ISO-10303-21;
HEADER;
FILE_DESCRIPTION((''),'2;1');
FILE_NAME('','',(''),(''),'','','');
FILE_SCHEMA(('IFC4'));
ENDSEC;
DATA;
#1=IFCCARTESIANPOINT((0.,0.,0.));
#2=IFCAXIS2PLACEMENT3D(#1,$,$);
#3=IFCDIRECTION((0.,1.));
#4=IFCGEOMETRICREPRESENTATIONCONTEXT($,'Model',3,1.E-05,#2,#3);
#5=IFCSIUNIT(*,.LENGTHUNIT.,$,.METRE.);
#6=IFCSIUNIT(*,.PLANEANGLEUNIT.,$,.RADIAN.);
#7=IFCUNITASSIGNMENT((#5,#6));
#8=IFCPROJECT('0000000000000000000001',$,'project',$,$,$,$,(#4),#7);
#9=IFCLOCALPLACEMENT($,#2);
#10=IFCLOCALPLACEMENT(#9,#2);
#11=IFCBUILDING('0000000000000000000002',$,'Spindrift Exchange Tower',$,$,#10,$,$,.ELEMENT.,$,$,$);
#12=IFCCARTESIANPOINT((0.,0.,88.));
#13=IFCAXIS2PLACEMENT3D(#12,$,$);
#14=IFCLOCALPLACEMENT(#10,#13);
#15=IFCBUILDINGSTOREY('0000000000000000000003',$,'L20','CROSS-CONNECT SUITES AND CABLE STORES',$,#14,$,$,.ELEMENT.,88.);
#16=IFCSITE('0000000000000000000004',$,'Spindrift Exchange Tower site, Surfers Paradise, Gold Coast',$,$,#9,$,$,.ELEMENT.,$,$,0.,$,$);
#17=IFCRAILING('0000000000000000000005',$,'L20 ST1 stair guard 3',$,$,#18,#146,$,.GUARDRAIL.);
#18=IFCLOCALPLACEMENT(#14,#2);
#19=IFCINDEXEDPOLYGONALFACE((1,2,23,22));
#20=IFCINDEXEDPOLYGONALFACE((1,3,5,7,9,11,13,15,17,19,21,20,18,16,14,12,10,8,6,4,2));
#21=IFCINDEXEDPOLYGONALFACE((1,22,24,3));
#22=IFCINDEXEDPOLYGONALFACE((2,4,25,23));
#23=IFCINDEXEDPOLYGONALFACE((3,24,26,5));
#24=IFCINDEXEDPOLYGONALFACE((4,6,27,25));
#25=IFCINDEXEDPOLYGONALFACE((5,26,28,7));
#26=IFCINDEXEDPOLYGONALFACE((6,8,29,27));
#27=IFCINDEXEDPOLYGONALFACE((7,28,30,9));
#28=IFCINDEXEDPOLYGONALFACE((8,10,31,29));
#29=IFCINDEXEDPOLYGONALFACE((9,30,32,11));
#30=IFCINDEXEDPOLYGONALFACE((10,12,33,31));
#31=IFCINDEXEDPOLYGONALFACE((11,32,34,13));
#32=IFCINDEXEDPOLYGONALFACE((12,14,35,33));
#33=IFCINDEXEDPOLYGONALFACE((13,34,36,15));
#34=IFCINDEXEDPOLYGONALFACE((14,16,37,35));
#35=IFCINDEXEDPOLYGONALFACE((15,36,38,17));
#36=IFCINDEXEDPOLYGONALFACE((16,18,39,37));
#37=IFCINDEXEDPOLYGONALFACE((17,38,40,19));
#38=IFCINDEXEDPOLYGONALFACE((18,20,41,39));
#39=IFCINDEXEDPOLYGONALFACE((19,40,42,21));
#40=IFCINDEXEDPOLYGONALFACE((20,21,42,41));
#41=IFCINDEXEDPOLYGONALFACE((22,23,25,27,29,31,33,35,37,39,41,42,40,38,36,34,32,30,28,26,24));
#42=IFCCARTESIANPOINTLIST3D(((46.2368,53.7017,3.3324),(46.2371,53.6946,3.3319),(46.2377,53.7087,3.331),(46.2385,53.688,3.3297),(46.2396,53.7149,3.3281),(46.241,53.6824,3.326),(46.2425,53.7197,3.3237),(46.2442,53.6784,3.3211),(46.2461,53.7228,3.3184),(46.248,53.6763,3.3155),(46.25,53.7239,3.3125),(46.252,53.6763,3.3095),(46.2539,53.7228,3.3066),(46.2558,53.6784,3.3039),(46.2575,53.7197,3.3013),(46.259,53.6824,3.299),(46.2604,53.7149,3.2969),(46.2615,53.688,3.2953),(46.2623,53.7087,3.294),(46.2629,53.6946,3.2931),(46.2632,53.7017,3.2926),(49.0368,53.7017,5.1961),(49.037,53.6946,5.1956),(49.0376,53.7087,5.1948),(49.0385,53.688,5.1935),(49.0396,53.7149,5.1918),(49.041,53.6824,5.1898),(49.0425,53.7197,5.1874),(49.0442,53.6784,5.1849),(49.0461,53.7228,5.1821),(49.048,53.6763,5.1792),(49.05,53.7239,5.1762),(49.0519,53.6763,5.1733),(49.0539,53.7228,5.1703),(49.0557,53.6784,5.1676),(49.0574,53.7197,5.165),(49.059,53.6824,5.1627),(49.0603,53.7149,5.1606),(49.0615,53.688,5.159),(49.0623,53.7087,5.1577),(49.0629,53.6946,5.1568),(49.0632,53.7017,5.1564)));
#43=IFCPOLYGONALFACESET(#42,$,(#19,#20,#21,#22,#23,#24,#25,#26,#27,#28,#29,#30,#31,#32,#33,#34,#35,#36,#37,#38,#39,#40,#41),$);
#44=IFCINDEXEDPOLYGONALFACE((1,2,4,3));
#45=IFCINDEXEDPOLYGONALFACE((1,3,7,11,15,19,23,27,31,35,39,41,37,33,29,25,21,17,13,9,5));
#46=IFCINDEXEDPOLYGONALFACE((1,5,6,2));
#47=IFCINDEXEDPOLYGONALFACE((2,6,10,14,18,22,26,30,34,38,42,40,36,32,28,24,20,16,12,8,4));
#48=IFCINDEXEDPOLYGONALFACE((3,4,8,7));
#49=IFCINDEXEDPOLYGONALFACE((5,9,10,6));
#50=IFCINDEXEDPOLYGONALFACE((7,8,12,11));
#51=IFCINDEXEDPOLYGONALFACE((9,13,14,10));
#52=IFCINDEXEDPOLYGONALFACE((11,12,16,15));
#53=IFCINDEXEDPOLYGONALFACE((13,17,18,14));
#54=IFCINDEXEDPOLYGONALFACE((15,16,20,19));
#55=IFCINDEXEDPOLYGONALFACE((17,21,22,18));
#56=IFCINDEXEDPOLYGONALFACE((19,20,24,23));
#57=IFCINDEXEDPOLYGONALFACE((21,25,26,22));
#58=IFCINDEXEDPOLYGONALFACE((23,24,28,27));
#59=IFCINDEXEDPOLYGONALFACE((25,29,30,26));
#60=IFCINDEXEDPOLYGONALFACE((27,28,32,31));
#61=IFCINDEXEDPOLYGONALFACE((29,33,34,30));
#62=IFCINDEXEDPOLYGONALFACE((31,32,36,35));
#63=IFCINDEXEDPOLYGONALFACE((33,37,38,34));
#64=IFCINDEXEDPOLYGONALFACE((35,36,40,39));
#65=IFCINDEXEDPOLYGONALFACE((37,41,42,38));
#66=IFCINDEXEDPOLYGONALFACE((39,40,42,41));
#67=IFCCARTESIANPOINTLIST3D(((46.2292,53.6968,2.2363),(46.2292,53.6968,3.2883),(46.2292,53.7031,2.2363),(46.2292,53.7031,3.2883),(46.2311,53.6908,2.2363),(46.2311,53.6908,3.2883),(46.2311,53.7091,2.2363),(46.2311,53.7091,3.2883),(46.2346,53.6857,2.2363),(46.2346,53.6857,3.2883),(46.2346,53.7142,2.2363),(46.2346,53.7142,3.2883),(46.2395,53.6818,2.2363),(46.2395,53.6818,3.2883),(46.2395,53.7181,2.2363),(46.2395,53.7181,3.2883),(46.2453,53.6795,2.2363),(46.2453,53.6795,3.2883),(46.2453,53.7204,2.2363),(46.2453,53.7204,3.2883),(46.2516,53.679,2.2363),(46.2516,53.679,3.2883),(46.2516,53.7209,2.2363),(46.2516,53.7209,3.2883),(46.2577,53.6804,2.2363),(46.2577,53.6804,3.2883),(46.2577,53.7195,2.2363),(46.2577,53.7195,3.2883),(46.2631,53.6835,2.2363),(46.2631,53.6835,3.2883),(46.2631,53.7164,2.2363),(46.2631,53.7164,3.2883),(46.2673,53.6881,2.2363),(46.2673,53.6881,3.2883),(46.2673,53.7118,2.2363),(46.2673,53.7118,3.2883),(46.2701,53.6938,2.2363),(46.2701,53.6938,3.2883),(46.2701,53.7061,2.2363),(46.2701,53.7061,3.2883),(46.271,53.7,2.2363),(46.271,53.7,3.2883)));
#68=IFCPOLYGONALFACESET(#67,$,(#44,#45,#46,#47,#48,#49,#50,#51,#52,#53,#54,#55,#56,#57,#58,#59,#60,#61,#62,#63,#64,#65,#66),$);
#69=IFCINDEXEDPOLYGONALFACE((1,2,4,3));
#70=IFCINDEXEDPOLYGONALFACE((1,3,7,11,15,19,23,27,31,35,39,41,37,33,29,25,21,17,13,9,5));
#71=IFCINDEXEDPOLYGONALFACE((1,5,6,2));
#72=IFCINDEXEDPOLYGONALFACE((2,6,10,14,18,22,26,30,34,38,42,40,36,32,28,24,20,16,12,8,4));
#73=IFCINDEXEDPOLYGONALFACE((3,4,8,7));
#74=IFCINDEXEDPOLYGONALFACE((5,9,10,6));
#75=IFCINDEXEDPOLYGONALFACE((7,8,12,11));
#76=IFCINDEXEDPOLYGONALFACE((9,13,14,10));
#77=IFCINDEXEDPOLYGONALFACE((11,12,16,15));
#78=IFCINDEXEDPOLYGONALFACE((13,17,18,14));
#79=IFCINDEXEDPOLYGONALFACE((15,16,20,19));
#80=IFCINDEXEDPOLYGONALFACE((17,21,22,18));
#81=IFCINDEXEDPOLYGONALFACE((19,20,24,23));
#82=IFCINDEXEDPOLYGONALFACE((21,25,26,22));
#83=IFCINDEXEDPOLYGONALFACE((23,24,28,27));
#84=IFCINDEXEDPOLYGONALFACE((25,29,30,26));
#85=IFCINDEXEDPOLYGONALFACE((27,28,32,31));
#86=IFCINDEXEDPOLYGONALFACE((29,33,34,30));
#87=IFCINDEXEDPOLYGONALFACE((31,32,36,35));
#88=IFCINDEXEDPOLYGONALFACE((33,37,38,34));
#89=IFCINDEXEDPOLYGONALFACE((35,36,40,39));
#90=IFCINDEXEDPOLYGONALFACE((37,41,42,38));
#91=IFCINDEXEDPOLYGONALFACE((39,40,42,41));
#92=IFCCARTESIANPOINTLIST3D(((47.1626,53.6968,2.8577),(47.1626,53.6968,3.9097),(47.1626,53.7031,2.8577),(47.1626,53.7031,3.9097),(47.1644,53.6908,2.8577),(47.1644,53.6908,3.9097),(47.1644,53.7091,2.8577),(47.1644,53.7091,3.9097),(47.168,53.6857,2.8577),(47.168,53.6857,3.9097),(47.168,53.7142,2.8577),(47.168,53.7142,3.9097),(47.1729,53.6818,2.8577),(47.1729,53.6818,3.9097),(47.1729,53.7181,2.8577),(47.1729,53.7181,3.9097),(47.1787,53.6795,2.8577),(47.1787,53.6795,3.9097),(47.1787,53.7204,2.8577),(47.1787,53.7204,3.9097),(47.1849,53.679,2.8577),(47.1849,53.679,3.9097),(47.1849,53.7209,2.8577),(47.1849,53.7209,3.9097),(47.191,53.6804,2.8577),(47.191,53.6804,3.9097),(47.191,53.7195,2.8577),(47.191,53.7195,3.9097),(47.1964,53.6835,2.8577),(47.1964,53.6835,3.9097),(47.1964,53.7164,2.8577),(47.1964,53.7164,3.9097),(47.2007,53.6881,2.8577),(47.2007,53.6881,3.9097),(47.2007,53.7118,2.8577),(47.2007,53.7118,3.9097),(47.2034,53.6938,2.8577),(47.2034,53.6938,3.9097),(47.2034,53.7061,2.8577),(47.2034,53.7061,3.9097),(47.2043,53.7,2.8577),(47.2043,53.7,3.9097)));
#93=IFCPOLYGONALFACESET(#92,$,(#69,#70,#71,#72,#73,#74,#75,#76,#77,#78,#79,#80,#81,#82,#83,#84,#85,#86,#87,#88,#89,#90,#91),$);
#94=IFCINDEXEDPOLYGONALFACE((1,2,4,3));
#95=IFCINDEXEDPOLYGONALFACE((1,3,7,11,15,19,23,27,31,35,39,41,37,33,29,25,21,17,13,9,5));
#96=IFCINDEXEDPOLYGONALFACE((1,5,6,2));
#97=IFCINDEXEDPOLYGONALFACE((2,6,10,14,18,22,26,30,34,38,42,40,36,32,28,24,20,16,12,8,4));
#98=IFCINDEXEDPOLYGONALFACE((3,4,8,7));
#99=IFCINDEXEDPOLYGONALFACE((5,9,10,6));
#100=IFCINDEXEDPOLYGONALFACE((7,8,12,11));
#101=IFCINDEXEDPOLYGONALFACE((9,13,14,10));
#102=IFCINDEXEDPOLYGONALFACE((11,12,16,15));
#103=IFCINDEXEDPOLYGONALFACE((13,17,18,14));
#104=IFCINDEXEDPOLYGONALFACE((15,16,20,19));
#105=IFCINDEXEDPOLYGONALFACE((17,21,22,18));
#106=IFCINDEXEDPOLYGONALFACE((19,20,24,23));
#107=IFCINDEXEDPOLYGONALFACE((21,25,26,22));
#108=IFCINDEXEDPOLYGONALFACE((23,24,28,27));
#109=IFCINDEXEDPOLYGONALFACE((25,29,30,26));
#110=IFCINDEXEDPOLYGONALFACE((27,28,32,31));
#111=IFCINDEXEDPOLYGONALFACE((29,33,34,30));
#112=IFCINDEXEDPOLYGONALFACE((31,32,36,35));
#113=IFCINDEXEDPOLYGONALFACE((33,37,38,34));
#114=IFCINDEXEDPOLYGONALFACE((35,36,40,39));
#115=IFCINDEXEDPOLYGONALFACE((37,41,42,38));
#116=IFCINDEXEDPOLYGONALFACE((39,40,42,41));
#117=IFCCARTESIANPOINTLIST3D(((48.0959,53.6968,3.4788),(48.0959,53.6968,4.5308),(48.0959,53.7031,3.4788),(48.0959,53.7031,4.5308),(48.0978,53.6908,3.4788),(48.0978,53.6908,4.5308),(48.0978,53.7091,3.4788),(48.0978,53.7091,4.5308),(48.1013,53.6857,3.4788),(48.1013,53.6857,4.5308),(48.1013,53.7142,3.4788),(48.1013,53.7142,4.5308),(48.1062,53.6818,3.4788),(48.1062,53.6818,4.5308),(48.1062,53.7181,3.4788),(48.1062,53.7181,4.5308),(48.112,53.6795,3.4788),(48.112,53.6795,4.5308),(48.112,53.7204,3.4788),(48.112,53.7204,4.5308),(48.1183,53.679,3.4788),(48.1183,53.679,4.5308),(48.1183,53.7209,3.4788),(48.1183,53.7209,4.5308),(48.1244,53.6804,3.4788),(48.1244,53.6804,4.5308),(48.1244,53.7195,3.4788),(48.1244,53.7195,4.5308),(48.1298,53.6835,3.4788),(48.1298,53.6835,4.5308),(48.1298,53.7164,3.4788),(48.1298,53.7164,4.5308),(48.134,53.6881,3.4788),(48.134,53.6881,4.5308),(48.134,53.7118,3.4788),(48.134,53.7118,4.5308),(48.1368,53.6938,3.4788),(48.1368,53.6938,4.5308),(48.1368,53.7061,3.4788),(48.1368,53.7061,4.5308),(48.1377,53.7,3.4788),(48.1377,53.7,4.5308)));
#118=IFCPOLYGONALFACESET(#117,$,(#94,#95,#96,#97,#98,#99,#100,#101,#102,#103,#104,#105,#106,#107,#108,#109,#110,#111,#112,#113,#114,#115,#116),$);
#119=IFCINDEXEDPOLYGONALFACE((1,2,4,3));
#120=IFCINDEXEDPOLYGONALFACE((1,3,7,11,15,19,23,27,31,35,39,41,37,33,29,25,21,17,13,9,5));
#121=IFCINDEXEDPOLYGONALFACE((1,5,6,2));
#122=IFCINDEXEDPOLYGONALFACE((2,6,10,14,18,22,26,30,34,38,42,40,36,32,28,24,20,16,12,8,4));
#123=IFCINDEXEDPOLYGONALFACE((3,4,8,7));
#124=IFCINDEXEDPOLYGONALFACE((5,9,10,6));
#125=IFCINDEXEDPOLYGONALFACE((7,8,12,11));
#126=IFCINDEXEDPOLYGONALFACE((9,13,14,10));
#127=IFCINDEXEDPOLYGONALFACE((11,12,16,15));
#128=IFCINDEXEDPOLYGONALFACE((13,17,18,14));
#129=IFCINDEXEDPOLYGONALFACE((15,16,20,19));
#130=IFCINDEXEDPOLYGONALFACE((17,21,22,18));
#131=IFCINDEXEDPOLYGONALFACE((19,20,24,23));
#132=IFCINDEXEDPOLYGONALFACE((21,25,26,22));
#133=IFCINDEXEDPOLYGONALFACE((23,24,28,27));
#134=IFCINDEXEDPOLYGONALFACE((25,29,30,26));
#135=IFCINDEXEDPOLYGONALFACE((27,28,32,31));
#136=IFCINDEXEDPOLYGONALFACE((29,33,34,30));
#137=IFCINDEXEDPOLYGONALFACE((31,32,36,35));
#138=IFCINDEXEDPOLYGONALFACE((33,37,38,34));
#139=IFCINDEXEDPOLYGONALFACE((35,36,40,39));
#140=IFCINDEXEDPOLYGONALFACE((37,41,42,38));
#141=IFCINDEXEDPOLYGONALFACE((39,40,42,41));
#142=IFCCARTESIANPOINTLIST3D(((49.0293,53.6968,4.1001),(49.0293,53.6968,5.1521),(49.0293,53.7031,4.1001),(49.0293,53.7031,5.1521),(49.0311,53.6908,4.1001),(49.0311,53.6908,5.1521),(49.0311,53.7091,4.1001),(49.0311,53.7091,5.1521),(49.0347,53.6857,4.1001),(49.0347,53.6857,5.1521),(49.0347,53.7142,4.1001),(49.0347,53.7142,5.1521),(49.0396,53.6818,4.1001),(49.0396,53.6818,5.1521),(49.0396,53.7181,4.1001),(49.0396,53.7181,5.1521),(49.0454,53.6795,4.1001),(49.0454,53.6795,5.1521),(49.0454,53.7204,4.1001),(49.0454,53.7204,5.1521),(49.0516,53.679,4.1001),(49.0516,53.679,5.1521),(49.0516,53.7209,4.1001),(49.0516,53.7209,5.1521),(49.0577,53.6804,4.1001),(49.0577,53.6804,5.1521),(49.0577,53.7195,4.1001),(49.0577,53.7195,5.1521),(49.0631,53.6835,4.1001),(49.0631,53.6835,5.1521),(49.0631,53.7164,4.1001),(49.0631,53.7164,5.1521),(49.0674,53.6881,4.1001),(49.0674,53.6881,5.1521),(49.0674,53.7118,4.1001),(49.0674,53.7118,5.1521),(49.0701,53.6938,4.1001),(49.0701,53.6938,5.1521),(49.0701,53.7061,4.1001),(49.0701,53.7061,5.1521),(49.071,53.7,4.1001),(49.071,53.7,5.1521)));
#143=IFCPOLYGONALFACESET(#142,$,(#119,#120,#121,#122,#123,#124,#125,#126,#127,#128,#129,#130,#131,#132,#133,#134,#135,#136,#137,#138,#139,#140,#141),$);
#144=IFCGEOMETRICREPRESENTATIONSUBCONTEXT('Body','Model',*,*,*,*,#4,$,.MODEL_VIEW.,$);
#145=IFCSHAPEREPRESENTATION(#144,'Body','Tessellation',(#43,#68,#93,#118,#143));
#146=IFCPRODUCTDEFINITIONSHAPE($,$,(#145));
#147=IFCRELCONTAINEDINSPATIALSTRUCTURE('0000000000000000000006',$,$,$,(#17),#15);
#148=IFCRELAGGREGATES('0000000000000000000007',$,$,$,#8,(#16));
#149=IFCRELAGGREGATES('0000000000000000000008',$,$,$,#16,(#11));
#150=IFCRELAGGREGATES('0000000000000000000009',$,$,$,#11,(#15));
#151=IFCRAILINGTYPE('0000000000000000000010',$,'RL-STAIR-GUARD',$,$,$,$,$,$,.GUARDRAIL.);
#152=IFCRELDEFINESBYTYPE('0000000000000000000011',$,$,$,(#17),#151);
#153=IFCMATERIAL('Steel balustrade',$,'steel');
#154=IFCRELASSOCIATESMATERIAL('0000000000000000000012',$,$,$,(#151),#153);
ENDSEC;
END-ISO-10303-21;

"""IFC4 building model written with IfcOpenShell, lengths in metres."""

from ifc_helpers import new_model, si_unit, direction, frame, origin, origin_2d, place, context, subcontext, project, spatial, circle, extrude, material, type_object, element, save


model = new_model("IFC4")

# Units and contexts
model_context = context("Model", 3, precision=1e-05, world=origin(), true_north=direction((0.0, 1.0)))
body_context = subcontext(model_context, "Body", "Model", "MODEL_VIEW")
ifc_project = project(units=[si_unit("LENGTHUNIT", "METRE"), si_unit("PLANEANGLEUNIT", "RADIAN")], contexts=[model_context])

# Site, building, storey
site_placement = place(None, origin())
site = spatial("IfcSite", under=ifc_project, at=site_placement, Name="Spindrift Exchange Tower site, Surfers Paradise, Gold Coast", CompositionType="ELEMENT", RefElevation=0.0)
building_placement = place(site_placement, origin())
building = spatial("IfcBuilding", under=site, at=building_placement, Name="Spindrift Exchange Tower", CompositionType="ELEMENT")
storey_placement = place(building_placement, frame((0.0, 0.0, 88.0)))
storey = spatial("IfcBuildingStorey", under=building, at=storey_placement, Name="L20", Description="CROSS-CONNECT SUITES AND CABLE STORES", CompositionType="ELEMENT", Elevation=88.0)

# Railing
ifc_material_1 = material(Name="Steel balustrade", Category="steel")
railing_type_1 = type_object("IfcRailingType", Name="RL-STAIR-GUARD", PredefinedType="GUARDRAIL", material=ifc_material_1)
railing_1_placement = place(storey_placement, frame((46.25, 53.7, 2.2363)))
element("IfcRailing", 1, at=railing_1_placement, inside=storey, type_object=railing_type_1, Name="L20 ST1 stair guard 3", PredefinedType="GUARDRAIL", context=body_context, shape_type="SweptSolid", body=[
    extrude(circle(Radius=0.0239, at=origin_2d()), frame((0.0, 0.0, 1.0762), z_axis=(0.832452, 0.0, 0.554097), x_axis=(0.0, 1.0, 0.0)), (0.0, 0.0, 1.0), 3.3635),
    extrude(circle(Radius=0.021, at=origin_2d()), origin(), (0.0, 0.0, 1.0), 1.052),
    extrude(circle(Radius=0.021, at=origin_2d()), frame((0.9333, 0.0, 0.6213)), (0.0, 0.0, 1.0), 1.052),
    extrude(circle(Radius=0.021, at=origin_2d()), frame((1.8667, 0.0, 1.2424)), (0.0, 0.0, 1.0), 1.052),
    extrude(circle(Radius=0.021, at=origin_2d()), frame((2.8, 0.0, 1.8638)), (0.0, 0.0, 1.0), 1.052),
])

save(model, "model.ifc")
